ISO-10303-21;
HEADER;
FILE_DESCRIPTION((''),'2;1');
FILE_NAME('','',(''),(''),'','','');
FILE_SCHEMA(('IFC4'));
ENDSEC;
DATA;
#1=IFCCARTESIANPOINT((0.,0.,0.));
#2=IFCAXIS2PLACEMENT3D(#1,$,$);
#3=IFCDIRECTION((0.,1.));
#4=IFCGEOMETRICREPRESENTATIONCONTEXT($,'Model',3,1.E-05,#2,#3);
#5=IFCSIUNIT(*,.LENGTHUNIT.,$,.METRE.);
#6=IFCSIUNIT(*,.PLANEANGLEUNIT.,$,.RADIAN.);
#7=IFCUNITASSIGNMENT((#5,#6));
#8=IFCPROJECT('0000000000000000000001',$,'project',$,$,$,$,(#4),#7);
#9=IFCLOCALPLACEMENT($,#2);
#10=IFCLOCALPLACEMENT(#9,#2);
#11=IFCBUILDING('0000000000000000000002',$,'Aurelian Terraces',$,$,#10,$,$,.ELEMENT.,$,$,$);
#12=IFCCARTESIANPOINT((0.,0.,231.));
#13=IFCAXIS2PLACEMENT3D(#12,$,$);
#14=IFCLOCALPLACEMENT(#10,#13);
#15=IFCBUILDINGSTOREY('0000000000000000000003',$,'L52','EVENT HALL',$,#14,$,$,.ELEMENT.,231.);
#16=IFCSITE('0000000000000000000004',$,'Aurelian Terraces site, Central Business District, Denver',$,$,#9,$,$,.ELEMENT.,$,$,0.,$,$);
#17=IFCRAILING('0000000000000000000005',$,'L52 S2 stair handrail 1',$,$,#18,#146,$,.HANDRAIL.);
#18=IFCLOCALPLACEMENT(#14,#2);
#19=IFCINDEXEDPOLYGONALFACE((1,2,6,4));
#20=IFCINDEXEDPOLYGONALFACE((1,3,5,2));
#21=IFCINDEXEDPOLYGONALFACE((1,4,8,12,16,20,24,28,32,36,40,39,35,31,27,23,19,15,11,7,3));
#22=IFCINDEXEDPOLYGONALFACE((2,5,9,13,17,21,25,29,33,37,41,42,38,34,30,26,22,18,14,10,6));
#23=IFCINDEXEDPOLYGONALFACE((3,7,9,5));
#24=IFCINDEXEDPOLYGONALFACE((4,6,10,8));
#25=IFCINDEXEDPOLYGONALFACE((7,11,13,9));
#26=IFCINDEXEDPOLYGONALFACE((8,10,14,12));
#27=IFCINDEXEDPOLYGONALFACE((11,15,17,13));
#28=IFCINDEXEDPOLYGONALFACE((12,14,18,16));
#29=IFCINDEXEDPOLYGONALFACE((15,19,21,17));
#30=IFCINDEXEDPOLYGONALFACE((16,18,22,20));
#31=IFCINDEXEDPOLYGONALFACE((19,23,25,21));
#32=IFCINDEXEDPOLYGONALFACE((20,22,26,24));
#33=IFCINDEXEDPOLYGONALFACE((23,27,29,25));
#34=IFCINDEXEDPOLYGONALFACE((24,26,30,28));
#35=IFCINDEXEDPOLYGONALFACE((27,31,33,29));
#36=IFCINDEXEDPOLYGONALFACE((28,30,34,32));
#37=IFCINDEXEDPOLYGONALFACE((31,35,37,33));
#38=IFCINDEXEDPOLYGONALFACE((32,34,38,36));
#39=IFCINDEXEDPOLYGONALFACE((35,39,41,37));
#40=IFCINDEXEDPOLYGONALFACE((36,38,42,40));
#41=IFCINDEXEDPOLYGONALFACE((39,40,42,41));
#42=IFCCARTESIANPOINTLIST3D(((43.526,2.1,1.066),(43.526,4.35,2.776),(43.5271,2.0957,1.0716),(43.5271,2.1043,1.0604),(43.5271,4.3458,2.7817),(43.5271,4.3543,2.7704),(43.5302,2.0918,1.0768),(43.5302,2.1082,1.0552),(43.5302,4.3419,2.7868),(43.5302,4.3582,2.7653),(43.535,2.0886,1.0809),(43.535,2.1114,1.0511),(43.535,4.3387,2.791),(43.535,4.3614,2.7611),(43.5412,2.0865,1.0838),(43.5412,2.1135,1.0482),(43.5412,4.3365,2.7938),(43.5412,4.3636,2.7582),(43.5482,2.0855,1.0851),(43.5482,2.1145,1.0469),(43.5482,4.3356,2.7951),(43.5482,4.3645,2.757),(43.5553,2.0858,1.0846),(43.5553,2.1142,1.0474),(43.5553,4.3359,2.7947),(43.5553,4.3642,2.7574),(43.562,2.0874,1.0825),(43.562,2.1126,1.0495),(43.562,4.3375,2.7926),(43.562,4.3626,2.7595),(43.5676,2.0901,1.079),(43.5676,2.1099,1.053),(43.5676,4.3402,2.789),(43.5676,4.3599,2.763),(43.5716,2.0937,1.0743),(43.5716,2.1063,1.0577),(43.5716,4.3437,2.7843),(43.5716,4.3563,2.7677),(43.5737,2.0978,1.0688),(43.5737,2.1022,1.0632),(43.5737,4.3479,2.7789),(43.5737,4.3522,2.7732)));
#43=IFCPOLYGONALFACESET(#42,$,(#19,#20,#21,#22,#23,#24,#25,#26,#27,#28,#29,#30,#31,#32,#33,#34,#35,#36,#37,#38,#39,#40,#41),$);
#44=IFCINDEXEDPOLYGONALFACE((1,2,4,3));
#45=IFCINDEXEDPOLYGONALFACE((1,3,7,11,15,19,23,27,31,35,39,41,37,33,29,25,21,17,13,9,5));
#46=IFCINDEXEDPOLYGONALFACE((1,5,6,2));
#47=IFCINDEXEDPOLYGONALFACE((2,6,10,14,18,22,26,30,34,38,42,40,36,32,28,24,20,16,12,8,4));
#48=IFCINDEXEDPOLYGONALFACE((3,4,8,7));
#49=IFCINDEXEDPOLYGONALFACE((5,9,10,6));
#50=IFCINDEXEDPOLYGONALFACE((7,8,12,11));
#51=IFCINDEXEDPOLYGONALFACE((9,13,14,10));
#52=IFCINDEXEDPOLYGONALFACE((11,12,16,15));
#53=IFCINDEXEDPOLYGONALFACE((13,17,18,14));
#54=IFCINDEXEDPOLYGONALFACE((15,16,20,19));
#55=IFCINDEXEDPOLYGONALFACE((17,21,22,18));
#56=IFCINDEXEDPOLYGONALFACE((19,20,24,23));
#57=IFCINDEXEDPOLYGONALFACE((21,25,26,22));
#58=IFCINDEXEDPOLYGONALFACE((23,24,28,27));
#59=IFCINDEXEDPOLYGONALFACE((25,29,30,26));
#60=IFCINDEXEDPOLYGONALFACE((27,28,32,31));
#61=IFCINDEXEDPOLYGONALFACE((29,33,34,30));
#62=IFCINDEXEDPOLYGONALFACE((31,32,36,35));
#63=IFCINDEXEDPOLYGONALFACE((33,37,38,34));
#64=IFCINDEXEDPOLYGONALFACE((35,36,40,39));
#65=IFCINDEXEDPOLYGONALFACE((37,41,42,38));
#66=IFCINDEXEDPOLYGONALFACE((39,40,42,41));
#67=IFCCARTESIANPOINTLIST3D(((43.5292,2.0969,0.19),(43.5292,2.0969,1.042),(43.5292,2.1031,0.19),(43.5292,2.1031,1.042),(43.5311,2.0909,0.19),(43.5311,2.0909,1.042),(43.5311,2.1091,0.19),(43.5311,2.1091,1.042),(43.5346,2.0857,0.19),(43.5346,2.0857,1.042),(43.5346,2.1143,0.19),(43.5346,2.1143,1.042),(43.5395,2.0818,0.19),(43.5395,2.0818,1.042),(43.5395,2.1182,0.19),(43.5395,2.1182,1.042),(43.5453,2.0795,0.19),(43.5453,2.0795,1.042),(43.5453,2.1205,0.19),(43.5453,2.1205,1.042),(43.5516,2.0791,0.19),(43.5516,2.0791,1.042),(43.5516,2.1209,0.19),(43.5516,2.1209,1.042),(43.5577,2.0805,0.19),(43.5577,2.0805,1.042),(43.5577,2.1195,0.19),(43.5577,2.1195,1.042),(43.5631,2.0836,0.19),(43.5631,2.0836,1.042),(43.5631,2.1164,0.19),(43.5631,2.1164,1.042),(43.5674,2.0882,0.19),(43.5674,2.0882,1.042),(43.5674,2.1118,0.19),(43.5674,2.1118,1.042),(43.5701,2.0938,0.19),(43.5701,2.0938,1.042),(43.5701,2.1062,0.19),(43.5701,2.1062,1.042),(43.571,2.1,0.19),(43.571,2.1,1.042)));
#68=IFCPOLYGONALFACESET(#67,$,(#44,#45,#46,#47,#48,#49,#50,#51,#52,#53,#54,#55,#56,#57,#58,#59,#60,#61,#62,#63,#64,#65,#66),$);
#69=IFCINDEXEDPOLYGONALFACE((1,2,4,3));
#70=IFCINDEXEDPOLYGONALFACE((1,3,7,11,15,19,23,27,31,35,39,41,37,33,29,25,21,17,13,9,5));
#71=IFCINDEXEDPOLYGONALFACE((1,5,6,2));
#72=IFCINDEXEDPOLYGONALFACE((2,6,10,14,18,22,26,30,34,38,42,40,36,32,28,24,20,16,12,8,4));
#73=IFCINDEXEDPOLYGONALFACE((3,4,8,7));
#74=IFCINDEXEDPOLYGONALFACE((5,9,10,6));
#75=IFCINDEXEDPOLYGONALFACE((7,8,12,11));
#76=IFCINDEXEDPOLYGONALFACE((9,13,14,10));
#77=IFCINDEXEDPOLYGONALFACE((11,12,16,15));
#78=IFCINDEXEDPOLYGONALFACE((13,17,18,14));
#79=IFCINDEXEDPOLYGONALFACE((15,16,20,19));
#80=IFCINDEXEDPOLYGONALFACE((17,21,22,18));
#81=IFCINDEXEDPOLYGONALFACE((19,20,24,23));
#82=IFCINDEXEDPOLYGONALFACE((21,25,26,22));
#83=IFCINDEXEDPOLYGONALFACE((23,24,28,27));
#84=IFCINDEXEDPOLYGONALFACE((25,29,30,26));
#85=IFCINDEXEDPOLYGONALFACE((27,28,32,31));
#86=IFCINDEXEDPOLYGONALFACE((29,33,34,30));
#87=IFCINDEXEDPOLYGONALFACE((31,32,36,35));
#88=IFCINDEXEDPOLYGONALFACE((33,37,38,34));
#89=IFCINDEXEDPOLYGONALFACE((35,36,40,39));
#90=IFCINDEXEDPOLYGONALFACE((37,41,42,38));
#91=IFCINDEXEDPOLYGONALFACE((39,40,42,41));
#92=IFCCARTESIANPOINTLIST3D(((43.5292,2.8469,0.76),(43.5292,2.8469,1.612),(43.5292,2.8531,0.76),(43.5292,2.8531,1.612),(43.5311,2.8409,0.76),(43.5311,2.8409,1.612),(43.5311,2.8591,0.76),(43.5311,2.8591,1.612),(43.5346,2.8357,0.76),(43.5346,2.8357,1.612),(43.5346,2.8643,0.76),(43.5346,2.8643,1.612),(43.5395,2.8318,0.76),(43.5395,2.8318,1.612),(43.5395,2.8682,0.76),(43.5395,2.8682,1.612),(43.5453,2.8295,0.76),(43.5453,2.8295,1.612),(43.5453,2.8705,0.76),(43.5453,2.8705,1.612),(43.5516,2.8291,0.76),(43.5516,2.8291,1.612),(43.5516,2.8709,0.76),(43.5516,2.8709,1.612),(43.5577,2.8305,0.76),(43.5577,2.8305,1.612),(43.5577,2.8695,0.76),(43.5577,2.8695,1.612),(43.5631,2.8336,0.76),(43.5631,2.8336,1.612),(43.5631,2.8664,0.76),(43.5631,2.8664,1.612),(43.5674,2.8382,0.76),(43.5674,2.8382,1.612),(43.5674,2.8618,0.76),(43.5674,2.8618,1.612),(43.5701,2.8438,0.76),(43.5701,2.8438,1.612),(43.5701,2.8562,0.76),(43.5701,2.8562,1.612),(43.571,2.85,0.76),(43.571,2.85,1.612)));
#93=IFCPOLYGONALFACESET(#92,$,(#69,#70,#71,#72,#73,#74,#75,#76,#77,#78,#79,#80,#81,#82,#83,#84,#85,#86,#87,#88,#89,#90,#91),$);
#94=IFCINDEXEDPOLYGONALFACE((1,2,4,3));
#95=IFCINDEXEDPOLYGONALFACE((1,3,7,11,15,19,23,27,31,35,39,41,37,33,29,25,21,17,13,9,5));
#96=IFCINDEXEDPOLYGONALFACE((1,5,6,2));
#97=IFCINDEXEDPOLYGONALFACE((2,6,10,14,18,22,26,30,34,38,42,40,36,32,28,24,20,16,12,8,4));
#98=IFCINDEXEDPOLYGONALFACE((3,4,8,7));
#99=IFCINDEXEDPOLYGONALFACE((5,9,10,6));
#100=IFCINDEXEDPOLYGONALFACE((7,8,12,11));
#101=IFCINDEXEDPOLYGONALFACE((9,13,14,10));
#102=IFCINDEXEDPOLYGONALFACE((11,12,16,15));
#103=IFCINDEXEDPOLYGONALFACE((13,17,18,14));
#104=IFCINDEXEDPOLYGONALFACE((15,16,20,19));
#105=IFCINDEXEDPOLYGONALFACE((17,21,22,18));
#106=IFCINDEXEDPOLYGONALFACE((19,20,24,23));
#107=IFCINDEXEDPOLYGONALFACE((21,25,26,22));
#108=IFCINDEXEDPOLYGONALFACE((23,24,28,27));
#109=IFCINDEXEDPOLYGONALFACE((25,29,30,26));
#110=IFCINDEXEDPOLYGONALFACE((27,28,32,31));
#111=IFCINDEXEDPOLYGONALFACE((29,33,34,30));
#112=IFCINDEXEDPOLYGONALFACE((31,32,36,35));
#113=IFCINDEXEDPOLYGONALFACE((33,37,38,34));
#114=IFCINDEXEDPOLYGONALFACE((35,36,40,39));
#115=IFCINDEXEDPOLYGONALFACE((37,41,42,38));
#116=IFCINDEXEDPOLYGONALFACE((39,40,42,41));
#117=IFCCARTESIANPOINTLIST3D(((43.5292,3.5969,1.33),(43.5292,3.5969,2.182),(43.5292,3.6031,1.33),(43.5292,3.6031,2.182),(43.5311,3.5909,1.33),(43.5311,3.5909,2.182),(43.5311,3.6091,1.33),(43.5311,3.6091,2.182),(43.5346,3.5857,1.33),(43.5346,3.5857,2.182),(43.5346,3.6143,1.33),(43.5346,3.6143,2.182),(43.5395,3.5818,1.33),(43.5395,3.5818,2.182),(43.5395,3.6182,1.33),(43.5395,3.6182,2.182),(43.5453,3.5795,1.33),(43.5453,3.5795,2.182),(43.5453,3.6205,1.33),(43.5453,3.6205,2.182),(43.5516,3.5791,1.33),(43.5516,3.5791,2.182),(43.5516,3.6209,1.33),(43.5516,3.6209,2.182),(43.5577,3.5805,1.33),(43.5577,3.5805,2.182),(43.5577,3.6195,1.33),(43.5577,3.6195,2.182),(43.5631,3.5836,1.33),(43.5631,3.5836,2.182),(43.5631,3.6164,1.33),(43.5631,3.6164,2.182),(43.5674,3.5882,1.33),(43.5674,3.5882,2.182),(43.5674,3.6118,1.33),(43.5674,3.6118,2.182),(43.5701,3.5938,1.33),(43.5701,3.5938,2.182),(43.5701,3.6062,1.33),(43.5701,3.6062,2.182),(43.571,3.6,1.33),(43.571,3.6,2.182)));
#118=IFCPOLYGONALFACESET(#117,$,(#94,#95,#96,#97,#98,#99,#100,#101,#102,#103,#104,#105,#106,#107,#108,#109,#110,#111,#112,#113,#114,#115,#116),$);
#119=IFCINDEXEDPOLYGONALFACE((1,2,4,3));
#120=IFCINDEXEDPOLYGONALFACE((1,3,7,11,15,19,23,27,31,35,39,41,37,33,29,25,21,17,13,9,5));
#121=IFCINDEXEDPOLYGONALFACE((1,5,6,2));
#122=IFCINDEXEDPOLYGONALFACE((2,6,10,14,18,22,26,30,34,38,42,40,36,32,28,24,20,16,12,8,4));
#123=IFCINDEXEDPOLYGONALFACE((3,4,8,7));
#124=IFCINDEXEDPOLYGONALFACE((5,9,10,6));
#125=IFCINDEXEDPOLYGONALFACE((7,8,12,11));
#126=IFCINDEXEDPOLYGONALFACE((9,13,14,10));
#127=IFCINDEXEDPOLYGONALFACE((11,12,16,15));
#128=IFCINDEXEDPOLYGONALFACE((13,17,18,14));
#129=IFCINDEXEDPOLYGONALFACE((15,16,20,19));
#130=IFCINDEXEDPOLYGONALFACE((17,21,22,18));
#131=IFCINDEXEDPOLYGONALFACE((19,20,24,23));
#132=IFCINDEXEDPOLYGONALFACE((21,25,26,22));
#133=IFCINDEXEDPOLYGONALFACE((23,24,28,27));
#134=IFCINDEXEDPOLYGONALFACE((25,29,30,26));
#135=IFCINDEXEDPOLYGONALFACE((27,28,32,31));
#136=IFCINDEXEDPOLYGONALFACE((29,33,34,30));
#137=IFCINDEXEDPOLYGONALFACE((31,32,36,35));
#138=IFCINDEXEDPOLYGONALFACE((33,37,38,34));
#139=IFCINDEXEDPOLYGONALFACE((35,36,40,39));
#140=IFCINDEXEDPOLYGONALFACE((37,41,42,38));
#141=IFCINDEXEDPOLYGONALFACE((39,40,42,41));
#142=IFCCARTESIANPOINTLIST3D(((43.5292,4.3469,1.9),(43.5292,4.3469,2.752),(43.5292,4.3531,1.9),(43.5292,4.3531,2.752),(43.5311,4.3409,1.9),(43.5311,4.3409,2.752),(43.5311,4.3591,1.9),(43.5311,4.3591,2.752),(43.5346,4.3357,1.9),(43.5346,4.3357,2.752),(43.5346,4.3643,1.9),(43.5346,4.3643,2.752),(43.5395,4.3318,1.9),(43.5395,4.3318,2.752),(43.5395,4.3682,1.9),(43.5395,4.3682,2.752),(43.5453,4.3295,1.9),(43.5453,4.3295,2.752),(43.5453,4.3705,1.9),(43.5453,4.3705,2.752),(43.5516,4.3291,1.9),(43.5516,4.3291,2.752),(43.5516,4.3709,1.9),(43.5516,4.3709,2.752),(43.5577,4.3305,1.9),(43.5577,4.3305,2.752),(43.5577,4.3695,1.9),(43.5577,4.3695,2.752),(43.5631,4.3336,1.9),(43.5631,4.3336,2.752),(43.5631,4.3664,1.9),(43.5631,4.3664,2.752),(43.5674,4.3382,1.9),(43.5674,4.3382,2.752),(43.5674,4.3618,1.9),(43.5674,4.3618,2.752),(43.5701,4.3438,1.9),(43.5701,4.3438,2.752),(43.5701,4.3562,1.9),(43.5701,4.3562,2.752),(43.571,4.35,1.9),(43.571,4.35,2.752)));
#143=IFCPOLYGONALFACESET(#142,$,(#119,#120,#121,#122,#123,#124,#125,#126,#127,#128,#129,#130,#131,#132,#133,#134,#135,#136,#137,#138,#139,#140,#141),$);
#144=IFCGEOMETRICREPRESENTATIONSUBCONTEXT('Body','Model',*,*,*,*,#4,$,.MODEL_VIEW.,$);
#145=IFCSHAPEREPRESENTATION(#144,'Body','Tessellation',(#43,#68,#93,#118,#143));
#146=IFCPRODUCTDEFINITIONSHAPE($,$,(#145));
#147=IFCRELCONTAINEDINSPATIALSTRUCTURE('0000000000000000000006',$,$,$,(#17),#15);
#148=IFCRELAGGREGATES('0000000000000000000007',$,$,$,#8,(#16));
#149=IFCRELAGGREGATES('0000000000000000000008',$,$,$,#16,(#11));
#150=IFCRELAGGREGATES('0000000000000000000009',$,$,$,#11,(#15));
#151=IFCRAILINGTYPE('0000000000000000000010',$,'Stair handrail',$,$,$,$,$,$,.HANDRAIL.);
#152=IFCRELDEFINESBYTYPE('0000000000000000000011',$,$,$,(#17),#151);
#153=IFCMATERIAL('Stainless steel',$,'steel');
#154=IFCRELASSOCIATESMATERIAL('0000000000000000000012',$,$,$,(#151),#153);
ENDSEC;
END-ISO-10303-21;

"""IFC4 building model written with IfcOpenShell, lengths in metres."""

from ifc_helpers import new_model, si_unit, direction, frame, origin, origin_2d, place, context, subcontext, project, spatial, circle, extrude, source, transform, mapped, material, type_object, element, save


model = new_model("IFC4")

# Units and contexts
model_context = context("Model", 3, precision=1e-05, world=origin(), true_north=direction((0.0, 1.0)))
body_context = subcontext(model_context, "Body", "Model", "MODEL_VIEW")
ifc_project = project(units=[si_unit("LENGTHUNIT", "METRE"), si_unit("PLANEANGLEUNIT", "RADIAN")], contexts=[model_context])

# Site, building, storey
site_placement = place(None, origin())
site = spatial("IfcSite", under=ifc_project, at=site_placement, Name="Aurelian Terraces site, Central Business District, Denver", CompositionType="ELEMENT", RefElevation=0.0)
building_placement = place(site_placement, origin())
building = spatial("IfcBuilding", under=site, at=building_placement, Name="Aurelian Terraces", CompositionType="ELEMENT")
storey_placement = place(building_placement, frame((0.0, 0.0, 231.0)))
storey = spatial("IfcBuildingStorey", under=building, at=storey_placement, Name="L52", Description="EVENT HALL", CompositionType="ELEMENT", Elevation=231.0)

# Railing
ifc_material_1 = material(Name="Stainless steel", Category="steel")
railing_type_1 = type_object("IfcRailingType", Name="Stair handrail", PredefinedType="HANDRAIL", material=ifc_material_1)
shared_shape_1 = source(origin(), body_context, "Body", "SweptSolid", [
    extrude(circle(Radius=0.024, at=origin_2d()), frame((0.0, 0.0, 0.876), z_axis=(0.0, 0.796162, 0.605083), x_axis=(-1.0, 0.0, 0.0)), (0.0, 0.0, 1.0), 2.8261),
    extrude(circle(Radius=0.021, at=origin_2d()), origin(), (0.0, 0.0, 1.0), 0.852),
    extrude(circle(Radius=0.021, at=origin_2d()), frame((0.0, 0.75, 0.57)), (0.0, 0.0, 1.0), 0.852),
    extrude(circle(Radius=0.021, at=origin_2d()), frame((0.0, 1.5, 1.14)), (0.0, 0.0, 1.0), 0.852),
    extrude(circle(Radius=0.021, at=origin_2d()), frame((0.0, 2.25, 1.71)), (0.0, 0.0, 1.0), 0.852),
])
railing_1_placement = place(storey_placement, frame((43.55, 2.1, 0.19)))
element("IfcRailing", 1, at=railing_1_placement, inside=storey, type_object=railing_type_1, Name="L52 S2 stair handrail 1", PredefinedType="HANDRAIL", context=body_context, shape_type="MappedRepresentation", body=[
    mapped(shared_shape_1, transform((0.0, 0.0, 0.0), scale=1.0)),
])

save(model, "model.ifc")
